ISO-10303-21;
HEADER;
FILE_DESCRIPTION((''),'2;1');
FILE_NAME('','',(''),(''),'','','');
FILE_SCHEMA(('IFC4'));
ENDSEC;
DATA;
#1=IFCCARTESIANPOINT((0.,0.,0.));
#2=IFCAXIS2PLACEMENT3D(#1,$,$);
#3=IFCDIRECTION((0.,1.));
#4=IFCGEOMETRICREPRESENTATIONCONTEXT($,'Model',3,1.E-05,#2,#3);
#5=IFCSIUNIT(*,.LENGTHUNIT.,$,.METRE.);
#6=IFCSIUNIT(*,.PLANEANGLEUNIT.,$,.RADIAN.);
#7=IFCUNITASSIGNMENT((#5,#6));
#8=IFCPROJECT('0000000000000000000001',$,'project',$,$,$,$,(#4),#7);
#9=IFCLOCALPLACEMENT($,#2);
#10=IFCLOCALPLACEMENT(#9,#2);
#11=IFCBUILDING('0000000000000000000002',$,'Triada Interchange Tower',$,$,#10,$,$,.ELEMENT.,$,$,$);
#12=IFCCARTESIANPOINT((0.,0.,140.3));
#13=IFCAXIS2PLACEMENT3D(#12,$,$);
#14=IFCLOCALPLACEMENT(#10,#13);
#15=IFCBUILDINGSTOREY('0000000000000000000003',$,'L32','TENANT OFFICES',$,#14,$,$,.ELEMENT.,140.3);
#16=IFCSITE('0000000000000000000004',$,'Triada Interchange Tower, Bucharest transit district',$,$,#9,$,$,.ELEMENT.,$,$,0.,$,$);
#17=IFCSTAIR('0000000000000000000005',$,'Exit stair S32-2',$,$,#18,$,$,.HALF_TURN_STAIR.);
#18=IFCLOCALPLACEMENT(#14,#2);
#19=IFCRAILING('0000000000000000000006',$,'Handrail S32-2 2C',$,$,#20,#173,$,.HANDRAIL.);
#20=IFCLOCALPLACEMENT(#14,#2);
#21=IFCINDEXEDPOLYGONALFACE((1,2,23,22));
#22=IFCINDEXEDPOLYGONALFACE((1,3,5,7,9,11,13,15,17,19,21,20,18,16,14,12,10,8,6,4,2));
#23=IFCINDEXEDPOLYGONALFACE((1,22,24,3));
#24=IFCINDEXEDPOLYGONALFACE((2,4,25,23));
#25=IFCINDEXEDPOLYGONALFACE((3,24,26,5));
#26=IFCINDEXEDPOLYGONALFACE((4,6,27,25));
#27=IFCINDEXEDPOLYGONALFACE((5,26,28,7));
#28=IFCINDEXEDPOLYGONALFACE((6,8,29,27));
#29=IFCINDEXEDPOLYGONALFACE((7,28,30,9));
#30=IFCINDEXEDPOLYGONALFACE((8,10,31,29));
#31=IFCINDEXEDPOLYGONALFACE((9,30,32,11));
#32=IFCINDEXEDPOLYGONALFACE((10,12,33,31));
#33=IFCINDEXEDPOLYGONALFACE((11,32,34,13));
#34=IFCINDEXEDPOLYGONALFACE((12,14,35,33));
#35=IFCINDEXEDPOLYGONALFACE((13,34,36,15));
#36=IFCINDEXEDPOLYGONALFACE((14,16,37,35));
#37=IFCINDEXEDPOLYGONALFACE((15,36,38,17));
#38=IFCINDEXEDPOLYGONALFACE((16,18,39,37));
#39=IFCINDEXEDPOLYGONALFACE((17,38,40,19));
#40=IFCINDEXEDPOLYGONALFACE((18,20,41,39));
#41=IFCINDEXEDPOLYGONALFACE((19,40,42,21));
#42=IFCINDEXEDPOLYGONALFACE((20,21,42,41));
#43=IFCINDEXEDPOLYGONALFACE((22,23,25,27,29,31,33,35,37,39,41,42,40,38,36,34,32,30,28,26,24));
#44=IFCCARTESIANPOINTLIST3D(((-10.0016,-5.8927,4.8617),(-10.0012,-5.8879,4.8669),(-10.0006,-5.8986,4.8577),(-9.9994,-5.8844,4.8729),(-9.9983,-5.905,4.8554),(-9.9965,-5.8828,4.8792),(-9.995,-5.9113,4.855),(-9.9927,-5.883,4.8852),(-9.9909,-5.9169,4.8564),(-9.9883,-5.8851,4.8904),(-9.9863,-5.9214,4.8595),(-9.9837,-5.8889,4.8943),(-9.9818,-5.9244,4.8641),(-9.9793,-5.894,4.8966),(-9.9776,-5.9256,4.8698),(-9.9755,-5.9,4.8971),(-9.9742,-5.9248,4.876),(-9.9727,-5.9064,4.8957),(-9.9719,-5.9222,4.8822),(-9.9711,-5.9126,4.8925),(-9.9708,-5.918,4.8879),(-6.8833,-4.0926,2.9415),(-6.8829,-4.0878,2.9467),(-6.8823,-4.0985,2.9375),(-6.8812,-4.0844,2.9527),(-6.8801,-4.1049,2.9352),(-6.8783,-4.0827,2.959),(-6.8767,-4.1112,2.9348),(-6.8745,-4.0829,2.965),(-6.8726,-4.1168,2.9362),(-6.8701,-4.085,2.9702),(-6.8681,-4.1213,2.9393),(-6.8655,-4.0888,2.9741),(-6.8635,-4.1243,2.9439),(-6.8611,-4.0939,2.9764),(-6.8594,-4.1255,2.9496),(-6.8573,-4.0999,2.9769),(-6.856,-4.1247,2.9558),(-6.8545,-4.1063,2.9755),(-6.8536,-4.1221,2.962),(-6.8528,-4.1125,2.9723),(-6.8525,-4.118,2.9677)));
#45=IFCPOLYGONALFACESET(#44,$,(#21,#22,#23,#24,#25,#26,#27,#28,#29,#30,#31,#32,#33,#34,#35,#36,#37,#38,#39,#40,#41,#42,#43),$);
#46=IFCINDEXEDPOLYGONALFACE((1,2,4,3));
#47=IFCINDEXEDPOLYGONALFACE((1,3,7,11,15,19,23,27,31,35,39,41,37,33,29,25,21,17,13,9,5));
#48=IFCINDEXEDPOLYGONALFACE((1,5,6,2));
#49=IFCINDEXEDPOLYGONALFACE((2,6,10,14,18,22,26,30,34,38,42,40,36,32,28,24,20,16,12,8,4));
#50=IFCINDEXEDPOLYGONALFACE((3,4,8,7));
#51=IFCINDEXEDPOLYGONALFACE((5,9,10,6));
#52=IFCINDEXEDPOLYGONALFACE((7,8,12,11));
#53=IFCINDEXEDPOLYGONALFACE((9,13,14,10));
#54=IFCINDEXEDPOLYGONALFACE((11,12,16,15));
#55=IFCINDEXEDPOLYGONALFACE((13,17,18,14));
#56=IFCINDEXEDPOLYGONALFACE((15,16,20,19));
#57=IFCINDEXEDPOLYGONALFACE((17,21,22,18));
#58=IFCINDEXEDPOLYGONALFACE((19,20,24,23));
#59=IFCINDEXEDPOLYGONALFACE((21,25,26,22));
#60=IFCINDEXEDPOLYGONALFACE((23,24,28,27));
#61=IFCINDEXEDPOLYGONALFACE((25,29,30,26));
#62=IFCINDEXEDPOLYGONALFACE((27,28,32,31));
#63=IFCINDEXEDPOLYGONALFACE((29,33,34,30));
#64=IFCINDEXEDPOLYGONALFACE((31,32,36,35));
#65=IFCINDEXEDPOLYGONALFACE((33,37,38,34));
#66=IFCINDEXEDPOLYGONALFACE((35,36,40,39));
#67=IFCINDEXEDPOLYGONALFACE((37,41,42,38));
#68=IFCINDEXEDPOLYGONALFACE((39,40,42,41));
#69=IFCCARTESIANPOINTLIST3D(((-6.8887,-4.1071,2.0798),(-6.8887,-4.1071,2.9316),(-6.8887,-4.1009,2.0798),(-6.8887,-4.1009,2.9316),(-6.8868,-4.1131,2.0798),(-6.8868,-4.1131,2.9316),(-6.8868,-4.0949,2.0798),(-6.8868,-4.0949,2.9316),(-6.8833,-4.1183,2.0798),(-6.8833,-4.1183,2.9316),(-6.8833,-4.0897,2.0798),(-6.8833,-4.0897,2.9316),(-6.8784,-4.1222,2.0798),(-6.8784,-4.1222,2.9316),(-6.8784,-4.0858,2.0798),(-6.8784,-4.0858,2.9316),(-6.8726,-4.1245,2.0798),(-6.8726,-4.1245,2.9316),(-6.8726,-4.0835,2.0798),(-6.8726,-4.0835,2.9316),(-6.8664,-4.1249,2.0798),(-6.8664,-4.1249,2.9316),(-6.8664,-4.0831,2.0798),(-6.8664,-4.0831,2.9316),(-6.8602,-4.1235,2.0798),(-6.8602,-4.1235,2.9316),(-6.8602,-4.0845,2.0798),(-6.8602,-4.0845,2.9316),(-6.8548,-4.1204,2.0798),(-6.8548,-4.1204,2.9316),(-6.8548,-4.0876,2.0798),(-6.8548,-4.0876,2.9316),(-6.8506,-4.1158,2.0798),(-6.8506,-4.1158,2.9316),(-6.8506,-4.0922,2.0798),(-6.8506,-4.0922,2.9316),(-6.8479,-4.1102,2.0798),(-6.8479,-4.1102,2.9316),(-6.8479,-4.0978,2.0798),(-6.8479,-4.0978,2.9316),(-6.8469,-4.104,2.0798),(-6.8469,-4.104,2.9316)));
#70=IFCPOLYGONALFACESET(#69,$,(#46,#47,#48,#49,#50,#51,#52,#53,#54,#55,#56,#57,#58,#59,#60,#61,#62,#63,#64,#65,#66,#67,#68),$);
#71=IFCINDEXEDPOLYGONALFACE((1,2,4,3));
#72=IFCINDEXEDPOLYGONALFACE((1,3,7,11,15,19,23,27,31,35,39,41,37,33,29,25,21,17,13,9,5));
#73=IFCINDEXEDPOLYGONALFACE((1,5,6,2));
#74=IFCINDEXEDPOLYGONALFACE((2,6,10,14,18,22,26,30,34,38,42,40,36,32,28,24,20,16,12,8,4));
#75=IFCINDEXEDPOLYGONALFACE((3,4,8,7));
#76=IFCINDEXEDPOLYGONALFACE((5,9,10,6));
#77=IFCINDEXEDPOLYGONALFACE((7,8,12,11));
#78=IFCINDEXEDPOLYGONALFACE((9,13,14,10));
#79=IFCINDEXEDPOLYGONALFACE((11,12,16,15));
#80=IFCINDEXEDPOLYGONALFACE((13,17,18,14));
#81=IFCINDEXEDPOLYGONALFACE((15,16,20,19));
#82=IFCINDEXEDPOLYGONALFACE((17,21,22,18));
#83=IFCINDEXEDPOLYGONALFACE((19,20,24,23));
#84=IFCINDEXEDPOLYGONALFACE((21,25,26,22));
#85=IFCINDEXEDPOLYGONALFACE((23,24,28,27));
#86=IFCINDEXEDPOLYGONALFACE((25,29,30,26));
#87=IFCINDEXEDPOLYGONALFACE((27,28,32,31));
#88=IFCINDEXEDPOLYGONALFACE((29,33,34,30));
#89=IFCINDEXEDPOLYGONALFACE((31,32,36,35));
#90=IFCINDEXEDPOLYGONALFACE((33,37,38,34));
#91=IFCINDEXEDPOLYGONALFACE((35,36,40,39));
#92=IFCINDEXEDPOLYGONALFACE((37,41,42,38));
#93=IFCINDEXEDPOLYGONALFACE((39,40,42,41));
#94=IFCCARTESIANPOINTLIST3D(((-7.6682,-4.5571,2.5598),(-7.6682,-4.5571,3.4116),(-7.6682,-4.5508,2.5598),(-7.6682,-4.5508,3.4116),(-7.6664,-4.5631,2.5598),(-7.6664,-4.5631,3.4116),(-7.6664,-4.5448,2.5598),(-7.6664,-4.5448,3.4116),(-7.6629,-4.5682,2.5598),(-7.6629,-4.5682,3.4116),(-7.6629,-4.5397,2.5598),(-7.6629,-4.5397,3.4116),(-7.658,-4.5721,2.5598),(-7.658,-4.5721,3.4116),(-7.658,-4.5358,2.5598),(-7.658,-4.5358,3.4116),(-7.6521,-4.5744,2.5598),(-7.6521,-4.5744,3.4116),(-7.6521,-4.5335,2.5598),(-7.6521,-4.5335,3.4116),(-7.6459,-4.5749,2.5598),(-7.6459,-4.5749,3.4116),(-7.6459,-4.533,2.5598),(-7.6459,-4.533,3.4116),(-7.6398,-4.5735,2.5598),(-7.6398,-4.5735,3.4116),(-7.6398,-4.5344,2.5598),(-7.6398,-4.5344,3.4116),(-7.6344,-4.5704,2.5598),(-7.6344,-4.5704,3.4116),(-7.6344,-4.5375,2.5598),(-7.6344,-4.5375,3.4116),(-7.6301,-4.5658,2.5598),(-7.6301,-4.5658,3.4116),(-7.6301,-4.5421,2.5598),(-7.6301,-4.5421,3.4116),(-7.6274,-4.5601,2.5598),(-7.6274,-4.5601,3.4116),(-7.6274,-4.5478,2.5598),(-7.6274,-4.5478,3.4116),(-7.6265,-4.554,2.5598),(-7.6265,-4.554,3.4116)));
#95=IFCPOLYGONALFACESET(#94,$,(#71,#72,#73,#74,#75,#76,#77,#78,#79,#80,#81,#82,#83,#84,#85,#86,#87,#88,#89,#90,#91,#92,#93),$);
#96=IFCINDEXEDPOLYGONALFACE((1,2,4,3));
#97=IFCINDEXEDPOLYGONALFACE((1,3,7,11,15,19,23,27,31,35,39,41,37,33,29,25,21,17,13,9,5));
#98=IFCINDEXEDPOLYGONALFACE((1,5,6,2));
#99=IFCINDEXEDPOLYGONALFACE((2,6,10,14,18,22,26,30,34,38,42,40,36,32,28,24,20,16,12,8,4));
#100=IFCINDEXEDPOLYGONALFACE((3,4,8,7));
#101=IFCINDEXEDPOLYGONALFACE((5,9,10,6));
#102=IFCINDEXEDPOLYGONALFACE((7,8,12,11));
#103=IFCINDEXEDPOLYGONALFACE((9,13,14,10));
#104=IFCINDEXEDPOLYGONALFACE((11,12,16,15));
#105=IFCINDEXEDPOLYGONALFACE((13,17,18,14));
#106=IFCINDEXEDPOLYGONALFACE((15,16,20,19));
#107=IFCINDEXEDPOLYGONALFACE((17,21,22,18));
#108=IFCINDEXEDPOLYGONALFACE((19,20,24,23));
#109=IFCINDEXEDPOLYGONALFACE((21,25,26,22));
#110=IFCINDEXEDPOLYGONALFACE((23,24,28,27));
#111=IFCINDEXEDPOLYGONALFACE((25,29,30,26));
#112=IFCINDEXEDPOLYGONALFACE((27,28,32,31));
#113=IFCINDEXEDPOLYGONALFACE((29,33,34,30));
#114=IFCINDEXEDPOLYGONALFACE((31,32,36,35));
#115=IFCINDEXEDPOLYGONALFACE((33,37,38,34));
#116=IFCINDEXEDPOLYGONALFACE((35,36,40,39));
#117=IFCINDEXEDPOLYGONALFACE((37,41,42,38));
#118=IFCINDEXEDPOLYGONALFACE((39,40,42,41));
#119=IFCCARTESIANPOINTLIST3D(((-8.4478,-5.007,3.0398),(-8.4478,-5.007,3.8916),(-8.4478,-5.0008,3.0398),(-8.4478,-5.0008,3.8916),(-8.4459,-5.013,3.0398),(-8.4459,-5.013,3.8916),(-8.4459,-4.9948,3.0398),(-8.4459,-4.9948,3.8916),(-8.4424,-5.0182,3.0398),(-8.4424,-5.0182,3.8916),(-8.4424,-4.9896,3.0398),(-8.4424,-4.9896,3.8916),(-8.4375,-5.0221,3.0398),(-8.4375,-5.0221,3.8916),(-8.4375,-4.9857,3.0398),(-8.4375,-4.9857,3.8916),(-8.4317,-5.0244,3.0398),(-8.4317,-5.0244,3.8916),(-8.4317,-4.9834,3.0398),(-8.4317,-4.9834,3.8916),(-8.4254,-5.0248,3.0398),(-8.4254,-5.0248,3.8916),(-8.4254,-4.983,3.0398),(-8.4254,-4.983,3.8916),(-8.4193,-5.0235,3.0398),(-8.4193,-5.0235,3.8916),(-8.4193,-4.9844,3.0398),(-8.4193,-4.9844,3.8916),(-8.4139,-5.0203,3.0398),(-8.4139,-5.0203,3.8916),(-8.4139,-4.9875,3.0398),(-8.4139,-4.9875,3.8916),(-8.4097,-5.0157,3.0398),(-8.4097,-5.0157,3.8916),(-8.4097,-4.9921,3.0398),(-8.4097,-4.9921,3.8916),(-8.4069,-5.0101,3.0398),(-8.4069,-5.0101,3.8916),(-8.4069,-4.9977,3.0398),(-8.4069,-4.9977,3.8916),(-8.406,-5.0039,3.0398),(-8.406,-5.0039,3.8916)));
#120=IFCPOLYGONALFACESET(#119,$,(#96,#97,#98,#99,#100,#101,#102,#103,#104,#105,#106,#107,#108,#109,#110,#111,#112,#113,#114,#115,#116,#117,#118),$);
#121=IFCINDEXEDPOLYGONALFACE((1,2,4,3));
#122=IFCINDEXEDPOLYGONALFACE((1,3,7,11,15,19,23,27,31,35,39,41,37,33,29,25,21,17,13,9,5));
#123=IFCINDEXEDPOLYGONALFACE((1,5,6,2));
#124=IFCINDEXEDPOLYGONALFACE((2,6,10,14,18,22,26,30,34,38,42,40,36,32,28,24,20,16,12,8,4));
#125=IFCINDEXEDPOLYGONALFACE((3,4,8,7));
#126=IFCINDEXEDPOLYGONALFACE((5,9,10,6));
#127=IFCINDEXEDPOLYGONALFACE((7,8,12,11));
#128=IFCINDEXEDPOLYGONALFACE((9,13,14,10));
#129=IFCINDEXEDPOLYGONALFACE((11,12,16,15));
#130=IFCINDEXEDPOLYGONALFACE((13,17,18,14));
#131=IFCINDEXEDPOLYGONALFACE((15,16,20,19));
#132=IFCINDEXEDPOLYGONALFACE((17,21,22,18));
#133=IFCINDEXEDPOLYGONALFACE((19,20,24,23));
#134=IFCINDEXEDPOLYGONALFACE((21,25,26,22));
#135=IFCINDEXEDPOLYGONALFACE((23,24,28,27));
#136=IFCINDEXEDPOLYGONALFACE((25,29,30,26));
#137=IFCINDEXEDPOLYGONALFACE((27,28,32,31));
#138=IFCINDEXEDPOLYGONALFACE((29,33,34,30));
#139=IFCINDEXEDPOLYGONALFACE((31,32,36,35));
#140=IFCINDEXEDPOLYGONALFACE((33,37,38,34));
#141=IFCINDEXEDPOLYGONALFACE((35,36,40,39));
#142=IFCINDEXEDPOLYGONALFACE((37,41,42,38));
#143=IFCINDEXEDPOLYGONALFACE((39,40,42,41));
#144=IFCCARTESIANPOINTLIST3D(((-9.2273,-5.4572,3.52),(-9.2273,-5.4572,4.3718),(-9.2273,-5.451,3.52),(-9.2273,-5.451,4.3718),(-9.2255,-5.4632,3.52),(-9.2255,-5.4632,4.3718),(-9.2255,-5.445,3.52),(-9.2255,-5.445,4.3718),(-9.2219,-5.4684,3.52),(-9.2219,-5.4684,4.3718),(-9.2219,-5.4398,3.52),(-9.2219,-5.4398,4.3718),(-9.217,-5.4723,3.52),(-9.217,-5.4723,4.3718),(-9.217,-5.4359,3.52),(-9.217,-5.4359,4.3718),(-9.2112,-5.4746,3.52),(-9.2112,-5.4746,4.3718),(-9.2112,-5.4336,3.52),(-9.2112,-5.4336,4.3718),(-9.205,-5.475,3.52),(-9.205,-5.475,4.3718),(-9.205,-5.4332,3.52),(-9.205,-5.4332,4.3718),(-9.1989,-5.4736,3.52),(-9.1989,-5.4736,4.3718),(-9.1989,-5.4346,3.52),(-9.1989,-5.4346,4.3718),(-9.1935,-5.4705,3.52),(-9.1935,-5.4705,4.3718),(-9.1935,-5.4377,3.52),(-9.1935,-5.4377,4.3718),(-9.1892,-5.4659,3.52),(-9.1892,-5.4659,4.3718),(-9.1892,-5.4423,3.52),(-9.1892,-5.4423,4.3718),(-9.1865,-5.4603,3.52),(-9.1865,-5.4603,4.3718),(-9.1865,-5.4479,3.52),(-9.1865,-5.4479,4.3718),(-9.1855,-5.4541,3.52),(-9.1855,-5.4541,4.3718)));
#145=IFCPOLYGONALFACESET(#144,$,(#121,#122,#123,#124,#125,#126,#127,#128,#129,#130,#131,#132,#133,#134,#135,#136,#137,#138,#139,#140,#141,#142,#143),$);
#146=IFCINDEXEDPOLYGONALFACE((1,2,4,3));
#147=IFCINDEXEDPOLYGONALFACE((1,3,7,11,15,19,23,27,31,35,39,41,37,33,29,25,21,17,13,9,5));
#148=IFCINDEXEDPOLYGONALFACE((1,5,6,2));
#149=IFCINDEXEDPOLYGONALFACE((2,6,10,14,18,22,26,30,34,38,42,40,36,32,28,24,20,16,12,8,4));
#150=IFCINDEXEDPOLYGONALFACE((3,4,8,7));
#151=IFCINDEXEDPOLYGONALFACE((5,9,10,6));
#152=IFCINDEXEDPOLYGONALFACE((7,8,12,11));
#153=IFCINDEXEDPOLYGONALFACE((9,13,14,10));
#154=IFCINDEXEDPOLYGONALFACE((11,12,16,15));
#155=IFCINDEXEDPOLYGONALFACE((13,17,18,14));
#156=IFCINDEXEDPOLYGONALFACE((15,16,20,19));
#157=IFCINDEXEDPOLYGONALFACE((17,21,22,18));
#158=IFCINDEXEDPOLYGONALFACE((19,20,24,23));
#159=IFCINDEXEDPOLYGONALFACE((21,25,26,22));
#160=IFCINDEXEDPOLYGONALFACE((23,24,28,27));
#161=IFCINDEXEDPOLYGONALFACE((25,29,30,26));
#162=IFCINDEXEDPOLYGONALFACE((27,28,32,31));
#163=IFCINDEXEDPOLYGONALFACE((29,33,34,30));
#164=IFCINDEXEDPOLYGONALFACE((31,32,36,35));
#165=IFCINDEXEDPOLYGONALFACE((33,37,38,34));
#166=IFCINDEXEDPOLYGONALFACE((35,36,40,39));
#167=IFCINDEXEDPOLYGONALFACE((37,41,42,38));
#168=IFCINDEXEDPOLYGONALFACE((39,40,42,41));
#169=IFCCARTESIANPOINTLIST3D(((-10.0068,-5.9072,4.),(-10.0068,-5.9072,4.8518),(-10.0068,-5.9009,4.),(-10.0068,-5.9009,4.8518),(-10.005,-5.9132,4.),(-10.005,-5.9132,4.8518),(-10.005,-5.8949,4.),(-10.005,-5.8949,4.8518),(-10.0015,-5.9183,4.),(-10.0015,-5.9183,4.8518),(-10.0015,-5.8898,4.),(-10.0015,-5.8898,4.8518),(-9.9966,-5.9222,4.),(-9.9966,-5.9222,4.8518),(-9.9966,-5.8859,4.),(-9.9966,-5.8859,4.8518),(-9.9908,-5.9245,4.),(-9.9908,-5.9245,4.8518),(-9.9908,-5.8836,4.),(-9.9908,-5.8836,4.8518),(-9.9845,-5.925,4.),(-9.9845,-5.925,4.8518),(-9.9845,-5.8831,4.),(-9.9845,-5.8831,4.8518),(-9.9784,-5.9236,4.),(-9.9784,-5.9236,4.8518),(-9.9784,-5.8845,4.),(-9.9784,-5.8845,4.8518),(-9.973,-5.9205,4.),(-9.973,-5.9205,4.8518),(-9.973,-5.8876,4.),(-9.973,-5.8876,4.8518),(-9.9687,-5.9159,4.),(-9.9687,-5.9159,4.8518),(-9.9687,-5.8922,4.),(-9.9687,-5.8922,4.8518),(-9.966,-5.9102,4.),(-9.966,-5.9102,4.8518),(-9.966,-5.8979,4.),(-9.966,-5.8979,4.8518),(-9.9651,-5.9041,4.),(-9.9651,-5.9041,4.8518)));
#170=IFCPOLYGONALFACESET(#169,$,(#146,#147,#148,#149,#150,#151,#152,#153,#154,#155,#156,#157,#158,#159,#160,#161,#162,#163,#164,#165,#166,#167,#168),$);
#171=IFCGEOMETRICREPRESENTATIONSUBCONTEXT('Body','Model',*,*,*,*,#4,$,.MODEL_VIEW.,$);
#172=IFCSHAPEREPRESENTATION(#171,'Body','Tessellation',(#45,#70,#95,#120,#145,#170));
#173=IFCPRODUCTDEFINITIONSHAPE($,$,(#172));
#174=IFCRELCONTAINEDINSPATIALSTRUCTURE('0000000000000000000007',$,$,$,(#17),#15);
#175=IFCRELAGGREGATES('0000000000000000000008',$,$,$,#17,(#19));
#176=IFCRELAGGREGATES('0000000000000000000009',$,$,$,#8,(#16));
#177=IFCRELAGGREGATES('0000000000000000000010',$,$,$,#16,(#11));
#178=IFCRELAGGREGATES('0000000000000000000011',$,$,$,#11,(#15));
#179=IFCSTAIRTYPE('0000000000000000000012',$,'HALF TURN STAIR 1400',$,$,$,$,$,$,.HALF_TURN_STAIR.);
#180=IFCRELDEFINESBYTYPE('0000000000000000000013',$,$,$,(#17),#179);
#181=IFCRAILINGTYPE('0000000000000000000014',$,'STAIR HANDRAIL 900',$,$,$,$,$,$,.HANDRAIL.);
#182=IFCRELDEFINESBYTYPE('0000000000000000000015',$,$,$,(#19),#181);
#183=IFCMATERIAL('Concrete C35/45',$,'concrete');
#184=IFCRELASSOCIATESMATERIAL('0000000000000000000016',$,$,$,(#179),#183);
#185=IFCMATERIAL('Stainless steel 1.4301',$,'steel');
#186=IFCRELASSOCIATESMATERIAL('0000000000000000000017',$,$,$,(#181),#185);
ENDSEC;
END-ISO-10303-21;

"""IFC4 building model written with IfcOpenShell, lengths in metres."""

from ifc_helpers import new_model, si_unit, direction, frame, origin, origin_2d, place, context, subcontext, project, spatial, circle, extrude, material, type_object, element, aggregate, save


model = new_model("IFC4")

# Units and contexts
model_context = context("Model", 3, precision=1e-05, world=origin(), true_north=direction((0.0, 1.0)))
body_context = subcontext(model_context, "Body", "Model", "MODEL_VIEW")
ifc_project = project(units=[si_unit("LENGTHUNIT", "METRE"), si_unit("PLANEANGLEUNIT", "RADIAN")], contexts=[model_context])

# Site, building, storey
site_placement = place(None, origin())
site = spatial("IfcSite", under=ifc_project, at=site_placement, Name="Triada Interchange Tower, Bucharest transit district", CompositionType="ELEMENT", RefElevation=0.0)
building_placement = place(site_placement, origin())
building = spatial("IfcBuilding", under=site, at=building_placement, Name="Triada Interchange Tower", CompositionType="ELEMENT")
storey_placement = place(building_placement, frame((0.0, 0.0, 140.3)))
storey = spatial("IfcBuildingStorey", under=building, at=storey_placement, Name="L32", Description="TENANT OFFICES", CompositionType="ELEMENT", Elevation=140.3)

# Stair, railing
ifc_material_1 = material(Name="Concrete C35/45", Category="concrete")
stair_type = type_object("IfcStairType", Name="HALF TURN STAIR 1400", PredefinedType="HALF_TURN_STAIR", material=ifc_material_1)
stair_placement = place(storey_placement, origin())
stair = element("IfcStair", 1, at=stair_placement, inside=storey, type_object=stair_type, Name="Exit stair S32-2", PredefinedType="HALF_TURN_STAIR")
ifc_material_2 = material(Name="Stainless steel 1.4301", Category="steel")
railing_type = type_object("IfcRailingType", Name="STAIR HANDRAIL 900", PredefinedType="HANDRAIL", material=ifc_material_2)
railing_1_placement = place(storey_placement, frame((-6.8679, -4.104, 2.0798)))
railing_1 = element("IfcRailing", 2, at=railing_1_placement, type_object=railing_type, Name="Handrail S32-2 2C", PredefinedType="HANDRAIL", context=body_context, shape_type="SweptSolid", body=[
    extrude(circle(Radius=0.0239, at=origin_2d()), frame((0.0, 0.0, 0.876), z_axis=(-0.76417, -0.441139, 0.470576), x_axis=(0.499953, -0.866052, 0.0)), (0.0, 0.0, 1.0), 4.0806),
    extrude(circle(Radius=0.021, at=origin_2d()), origin(), (0.0, 0.0, 1.0), 0.8518),
    extrude(circle(Radius=0.021, at=origin_2d()), frame((-0.7795, -0.45, 0.48)), (0.0, 0.0, 1.0), 0.8518),
    extrude(circle(Radius=0.021, at=origin_2d()), frame((-1.5591, -0.8999, 0.96)), (0.0, 0.0, 1.0), 0.8518),
    extrude(circle(Radius=0.021, at=origin_2d()), frame((-2.3386, -1.3501, 1.4402)), (0.0, 0.0, 1.0), 0.8518),
    extrude(circle(Radius=0.021, at=origin_2d()), frame((-3.1182, -1.8, 1.9202)), (0.0, 0.0, 1.0), 0.8518),
])
aggregate(stair, [railing_1])

save(model, "model.ifc")
